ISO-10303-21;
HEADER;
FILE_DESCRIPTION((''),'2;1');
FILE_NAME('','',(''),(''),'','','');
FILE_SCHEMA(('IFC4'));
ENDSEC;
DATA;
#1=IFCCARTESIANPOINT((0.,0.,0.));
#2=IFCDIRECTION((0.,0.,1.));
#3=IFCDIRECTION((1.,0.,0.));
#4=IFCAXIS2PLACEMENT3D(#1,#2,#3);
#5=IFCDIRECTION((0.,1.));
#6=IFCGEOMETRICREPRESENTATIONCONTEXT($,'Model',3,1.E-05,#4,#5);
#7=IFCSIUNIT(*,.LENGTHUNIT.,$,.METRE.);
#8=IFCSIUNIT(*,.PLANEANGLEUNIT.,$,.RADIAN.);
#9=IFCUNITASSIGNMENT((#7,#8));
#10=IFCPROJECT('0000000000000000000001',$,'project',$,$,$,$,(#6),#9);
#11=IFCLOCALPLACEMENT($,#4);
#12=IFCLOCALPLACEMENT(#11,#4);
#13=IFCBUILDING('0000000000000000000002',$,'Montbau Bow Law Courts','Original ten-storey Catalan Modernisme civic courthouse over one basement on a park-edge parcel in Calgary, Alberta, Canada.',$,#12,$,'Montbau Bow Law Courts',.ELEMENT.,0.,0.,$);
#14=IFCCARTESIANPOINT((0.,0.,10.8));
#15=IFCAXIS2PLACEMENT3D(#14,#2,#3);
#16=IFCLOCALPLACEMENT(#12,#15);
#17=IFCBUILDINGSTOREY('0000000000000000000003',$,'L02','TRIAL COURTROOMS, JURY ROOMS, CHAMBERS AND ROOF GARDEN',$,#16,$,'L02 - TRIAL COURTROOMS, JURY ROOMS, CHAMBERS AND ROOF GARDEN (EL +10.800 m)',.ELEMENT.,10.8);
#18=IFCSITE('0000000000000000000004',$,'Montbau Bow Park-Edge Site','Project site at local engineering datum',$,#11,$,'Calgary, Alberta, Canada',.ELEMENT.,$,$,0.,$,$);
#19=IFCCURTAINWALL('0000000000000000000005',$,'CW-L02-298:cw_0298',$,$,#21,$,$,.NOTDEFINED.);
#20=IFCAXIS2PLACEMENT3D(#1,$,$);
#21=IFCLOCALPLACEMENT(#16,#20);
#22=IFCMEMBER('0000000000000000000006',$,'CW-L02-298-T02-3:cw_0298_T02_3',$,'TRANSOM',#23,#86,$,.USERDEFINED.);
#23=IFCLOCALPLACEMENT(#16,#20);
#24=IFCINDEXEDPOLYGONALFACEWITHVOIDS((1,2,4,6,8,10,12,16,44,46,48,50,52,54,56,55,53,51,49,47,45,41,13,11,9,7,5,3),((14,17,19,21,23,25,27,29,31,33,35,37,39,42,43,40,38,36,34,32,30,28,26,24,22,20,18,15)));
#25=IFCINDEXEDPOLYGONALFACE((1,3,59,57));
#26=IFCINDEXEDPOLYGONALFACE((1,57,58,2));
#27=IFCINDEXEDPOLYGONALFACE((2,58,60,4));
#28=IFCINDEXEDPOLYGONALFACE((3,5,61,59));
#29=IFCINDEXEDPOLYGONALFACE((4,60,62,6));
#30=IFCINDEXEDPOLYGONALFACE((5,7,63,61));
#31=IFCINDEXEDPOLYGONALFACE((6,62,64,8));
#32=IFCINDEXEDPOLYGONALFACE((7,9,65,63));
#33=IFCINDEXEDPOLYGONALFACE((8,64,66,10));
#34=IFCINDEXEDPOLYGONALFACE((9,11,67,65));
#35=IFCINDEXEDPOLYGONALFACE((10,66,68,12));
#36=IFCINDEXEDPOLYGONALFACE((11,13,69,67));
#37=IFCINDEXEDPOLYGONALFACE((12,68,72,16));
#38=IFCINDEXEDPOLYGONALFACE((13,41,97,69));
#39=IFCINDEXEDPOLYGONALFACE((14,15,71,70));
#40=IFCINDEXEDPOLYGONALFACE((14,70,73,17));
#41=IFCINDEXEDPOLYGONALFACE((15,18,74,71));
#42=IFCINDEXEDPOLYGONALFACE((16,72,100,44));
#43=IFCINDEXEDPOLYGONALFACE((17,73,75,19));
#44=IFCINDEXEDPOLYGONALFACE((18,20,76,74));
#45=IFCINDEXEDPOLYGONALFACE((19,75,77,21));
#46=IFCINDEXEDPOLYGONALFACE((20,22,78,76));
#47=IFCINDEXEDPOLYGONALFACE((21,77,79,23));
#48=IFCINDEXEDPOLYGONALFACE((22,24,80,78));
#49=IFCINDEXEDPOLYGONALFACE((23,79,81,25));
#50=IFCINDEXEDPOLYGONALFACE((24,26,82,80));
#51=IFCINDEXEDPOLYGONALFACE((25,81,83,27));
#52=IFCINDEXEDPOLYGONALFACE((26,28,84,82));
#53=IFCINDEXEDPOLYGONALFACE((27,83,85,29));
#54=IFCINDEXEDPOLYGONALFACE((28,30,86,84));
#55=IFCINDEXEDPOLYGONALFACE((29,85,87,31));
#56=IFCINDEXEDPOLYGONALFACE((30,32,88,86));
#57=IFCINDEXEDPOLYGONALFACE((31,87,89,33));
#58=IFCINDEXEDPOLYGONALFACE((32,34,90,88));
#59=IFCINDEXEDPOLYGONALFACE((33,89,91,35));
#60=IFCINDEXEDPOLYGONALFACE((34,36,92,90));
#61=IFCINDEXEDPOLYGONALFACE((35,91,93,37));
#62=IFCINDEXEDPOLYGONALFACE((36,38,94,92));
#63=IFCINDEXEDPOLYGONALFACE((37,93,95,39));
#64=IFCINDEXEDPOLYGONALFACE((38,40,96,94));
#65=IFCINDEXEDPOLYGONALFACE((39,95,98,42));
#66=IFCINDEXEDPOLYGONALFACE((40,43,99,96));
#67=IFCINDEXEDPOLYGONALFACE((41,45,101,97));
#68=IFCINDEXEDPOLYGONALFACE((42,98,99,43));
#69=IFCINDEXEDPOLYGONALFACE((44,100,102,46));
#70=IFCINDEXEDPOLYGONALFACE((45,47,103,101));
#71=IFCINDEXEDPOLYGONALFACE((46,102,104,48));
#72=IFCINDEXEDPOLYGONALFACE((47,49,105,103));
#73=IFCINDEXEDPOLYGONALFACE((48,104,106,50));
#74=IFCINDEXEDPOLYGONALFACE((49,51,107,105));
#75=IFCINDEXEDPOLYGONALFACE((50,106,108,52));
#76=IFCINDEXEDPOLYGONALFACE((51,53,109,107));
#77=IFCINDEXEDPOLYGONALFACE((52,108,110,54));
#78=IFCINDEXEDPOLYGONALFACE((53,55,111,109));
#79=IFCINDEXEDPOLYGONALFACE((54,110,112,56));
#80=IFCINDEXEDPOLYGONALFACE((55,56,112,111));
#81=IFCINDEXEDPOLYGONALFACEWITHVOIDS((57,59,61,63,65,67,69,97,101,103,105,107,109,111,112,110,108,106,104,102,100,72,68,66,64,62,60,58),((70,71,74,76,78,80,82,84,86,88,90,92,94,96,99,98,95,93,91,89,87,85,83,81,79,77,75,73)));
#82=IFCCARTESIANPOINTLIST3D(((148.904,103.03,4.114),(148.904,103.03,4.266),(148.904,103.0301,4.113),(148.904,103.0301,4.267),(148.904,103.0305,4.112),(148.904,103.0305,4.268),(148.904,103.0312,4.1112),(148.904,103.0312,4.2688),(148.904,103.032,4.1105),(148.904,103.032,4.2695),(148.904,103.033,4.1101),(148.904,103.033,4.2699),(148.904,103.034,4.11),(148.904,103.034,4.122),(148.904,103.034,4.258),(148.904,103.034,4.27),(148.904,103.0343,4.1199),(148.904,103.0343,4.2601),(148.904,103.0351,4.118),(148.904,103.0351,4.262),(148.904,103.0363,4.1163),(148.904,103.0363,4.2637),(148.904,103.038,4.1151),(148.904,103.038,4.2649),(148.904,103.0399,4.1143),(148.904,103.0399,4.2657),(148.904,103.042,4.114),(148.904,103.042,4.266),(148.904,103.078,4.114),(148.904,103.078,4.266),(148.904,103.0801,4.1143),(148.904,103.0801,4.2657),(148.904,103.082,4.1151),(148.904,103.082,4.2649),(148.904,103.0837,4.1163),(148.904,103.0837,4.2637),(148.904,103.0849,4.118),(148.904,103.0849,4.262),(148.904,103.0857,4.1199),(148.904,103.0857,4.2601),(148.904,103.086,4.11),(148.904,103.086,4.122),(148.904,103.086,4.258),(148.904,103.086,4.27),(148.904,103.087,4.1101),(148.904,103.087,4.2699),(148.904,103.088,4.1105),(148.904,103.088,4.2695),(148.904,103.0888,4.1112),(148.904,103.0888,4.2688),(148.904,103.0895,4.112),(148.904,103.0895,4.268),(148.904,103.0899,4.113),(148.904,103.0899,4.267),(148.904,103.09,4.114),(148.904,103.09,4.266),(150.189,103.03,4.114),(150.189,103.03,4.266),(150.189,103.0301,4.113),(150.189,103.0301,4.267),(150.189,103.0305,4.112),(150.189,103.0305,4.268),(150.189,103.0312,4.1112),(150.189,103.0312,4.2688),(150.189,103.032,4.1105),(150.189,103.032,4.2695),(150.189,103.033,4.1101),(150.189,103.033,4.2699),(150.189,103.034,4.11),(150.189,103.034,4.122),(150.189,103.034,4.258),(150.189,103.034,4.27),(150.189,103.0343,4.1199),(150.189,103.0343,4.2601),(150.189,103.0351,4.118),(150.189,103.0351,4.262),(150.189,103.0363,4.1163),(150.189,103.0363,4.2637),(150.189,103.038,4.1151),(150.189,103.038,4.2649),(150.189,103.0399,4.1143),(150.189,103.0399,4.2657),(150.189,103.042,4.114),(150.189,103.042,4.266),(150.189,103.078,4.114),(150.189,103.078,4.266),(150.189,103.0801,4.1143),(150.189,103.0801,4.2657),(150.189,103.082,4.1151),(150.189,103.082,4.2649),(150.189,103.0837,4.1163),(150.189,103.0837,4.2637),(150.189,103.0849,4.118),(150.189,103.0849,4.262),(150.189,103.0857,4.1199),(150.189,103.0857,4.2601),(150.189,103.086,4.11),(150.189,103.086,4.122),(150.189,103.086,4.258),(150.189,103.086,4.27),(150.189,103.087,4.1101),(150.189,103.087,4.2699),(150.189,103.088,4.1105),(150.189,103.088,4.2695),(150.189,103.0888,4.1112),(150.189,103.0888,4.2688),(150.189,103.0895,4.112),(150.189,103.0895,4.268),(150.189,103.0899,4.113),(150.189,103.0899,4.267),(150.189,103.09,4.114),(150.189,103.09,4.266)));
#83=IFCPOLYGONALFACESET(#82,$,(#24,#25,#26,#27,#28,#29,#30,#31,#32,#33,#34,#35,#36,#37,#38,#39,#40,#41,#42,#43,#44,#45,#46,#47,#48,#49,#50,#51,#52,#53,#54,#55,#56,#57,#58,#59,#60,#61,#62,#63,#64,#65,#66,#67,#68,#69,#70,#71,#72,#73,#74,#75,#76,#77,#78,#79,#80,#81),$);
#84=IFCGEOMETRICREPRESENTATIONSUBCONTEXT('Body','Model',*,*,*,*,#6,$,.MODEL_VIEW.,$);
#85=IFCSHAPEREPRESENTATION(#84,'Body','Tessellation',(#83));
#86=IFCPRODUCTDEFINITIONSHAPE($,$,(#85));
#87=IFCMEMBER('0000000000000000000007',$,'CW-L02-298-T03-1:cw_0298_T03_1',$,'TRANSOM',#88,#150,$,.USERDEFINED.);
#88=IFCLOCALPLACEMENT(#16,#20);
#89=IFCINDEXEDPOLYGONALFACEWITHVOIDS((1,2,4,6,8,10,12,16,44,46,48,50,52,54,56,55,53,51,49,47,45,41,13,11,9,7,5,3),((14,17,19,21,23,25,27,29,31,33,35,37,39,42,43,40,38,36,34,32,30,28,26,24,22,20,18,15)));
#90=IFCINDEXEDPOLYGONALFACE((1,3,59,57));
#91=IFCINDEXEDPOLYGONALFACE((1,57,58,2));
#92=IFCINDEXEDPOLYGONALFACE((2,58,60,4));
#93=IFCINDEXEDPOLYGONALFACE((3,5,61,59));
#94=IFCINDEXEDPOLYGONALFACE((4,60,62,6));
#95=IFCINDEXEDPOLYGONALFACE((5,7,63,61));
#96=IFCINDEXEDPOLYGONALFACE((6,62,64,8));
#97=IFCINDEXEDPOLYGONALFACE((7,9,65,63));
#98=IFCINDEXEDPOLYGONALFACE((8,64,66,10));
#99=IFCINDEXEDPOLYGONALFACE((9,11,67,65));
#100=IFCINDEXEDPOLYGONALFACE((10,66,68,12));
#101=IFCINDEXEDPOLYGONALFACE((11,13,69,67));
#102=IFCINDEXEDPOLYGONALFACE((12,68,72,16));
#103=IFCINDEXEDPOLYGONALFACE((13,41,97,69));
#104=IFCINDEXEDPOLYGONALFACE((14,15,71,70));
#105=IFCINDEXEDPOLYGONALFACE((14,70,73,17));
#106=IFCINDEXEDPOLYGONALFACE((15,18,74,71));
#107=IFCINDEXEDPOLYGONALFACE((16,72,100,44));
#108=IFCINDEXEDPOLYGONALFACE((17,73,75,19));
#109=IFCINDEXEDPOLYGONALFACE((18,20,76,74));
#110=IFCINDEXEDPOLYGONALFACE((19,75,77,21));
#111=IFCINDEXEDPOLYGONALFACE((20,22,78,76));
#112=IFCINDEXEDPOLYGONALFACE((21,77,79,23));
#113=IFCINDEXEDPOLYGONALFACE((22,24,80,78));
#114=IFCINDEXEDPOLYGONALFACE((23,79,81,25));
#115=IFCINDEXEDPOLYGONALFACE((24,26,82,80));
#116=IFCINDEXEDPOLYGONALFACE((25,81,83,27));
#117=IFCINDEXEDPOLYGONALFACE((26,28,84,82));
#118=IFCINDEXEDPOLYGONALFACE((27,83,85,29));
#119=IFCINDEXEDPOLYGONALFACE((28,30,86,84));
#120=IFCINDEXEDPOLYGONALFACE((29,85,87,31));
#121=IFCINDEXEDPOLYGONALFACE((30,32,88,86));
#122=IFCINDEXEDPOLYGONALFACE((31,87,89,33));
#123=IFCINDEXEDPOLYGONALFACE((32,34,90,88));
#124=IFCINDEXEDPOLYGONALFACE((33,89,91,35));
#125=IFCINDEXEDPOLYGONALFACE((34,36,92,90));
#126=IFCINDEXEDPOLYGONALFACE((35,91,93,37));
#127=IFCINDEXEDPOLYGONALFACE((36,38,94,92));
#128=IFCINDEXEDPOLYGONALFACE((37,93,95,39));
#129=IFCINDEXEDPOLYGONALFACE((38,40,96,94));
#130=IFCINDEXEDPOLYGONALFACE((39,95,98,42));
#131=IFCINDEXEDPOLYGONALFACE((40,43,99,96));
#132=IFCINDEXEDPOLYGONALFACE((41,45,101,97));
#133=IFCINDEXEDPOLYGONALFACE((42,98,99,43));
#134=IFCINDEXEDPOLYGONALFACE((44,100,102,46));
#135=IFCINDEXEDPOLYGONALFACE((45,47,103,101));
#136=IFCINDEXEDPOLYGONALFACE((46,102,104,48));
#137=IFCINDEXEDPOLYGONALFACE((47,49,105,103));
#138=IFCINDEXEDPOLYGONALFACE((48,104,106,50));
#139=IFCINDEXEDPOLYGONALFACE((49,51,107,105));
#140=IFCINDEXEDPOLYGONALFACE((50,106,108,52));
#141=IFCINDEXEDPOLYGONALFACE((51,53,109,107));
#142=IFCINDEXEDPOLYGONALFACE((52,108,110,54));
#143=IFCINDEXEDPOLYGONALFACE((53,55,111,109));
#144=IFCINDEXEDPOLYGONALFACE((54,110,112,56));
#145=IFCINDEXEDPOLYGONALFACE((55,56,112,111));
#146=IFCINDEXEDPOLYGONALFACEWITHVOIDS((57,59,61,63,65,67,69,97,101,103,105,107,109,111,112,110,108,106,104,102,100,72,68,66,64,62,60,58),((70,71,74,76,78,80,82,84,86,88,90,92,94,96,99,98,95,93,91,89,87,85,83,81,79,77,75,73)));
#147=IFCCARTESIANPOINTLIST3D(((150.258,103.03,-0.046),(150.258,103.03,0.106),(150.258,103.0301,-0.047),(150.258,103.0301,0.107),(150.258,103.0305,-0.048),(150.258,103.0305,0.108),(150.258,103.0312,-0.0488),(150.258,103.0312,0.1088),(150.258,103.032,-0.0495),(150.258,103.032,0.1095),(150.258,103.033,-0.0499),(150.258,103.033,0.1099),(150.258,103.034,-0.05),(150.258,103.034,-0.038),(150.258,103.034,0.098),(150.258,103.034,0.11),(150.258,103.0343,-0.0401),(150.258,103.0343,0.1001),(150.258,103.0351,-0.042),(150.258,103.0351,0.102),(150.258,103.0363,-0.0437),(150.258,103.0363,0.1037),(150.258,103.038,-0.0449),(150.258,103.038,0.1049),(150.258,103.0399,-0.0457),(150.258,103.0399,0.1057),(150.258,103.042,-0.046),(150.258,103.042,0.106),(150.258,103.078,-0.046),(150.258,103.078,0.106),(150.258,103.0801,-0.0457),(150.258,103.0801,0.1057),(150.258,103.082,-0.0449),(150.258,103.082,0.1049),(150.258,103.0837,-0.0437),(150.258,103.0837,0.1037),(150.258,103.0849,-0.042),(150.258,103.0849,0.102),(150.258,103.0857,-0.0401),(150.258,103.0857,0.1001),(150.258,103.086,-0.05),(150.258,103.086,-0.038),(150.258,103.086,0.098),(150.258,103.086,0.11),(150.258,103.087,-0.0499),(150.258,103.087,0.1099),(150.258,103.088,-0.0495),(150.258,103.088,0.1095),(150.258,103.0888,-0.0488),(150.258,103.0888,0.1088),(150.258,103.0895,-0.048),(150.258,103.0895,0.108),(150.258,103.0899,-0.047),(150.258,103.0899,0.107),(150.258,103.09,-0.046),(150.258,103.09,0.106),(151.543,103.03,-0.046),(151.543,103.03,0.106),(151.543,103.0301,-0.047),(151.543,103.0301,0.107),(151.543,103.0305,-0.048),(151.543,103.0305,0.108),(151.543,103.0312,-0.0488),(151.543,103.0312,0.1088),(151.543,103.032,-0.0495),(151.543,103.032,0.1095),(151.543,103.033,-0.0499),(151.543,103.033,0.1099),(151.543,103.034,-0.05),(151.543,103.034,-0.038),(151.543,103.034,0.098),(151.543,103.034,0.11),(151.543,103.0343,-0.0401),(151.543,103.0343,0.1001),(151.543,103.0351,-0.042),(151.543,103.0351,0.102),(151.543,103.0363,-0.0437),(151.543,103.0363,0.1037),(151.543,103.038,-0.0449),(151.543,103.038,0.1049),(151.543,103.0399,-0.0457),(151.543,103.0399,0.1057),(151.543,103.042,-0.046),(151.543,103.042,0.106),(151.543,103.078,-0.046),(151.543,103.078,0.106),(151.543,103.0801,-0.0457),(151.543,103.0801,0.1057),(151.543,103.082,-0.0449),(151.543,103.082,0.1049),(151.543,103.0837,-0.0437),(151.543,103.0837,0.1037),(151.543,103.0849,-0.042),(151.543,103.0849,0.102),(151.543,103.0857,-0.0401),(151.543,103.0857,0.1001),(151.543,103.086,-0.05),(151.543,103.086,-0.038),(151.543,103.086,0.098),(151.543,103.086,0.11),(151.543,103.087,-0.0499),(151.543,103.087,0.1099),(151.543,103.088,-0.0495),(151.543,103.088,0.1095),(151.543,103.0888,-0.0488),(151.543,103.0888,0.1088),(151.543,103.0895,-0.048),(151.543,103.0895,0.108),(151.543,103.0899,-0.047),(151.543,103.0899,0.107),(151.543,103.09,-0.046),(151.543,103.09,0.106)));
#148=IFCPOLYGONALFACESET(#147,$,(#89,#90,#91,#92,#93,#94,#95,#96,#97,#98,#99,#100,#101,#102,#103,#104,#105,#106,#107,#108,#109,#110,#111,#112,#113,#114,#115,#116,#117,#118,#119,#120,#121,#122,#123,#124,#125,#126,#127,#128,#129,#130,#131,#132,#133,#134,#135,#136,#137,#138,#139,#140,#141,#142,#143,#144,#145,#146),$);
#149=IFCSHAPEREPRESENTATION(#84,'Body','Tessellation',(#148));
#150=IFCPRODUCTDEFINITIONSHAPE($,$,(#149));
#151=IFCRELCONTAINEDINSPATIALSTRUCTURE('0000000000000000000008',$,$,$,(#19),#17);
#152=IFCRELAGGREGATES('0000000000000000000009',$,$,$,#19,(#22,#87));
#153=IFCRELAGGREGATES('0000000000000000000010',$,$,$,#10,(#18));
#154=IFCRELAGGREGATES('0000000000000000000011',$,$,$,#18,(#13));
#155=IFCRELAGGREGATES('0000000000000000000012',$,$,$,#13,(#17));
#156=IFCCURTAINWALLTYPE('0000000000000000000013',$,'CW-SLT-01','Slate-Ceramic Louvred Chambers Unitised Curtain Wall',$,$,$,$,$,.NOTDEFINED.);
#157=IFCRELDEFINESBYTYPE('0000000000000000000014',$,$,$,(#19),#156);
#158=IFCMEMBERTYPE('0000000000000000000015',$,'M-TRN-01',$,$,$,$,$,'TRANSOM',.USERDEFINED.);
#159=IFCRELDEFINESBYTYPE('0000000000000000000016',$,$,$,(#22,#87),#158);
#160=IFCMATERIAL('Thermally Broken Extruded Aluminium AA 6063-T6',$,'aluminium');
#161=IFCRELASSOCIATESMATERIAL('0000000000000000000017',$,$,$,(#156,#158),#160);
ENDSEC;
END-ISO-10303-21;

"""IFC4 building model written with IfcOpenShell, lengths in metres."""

from ifc_helpers import new_model, si_unit, direction, frame, origin_with_axes, origin_2d_with_axis, place, context, subcontext, project, spatial, hollow_rectangle, extrude, material, material_profile, profile_set, type_object, element, aggregate, save


model = new_model("IFC4")

# Units and contexts
model_context = context("Model", 3, precision=1e-05, world=origin_with_axes(), true_north=direction((0.0, 1.0)))
body_context = subcontext(model_context, "Body", "Model", "MODEL_VIEW")
ifc_project = project(units=[si_unit("LENGTHUNIT", "METRE"), si_unit("PLANEANGLEUNIT", "RADIAN")], contexts=[model_context])

# Site, building, storey
site_placement = place(None, origin_with_axes())
site = spatial("IfcSite", under=ifc_project, at=site_placement, Name="Montbau Bow Park-Edge Site", Description="Project site at local engineering datum", LongName="Calgary, Alberta, Canada", CompositionType="ELEMENT", RefElevation=0.0)
building_placement = place(site_placement, origin_with_axes())
building = spatial("IfcBuilding", under=site, at=building_placement, Name="Montbau Bow Law Courts", Description="Original ten-storey Catalan Modernisme civic courthouse over one basement on a park-edge parcel in Calgary, Alberta, Canada.", LongName="Montbau Bow Law Courts", CompositionType="ELEMENT", ElevationOfRefHeight=0.0, ElevationOfTerrain=0.0)
storey_placement = place(building_placement, frame((0.0, 0.0, 10.8), z_axis=(0.0, 0.0, 1.0), x_axis=(1.0, 0.0, 0.0)))
storey = spatial("IfcBuildingStorey", under=building, at=storey_placement, Name="L02", Description="TRIAL COURTROOMS, JURY ROOMS, CHAMBERS AND ROOF GARDEN", LongName="L02 - TRIAL COURTROOMS, JURY ROOMS, CHAMBERS AND ROOF GARDEN (EL +10.800 m)", CompositionType="ELEMENT", Elevation=10.8)

# Curtain wall, members
ifc_material_1 = material(Name="Thermally Broken Extruded Aluminium AA 6063-T6", Category="aluminium")
curtain_wall_type = type_object("IfcCurtainWallType", Name="CW-SLT-01", Description="Slate-Ceramic Louvred Chambers Unitised Curtain Wall", PredefinedType="NOTDEFINED", material=ifc_material_1)
curtain_wall_1_placement = place(None, frame((147.515, 103.06, 10.8), z_axis=(0.0, 0.0, 1.0), x_axis=(1.0, 0.0, 0.0)))
curtain_wall_1 = element("IfcCurtainWall", 1, at=curtain_wall_1_placement, inside=storey, type_object=curtain_wall_type, Name="CW-L02-298:cw_0298", PredefinedType="NOTDEFINED")
ifc_material_profile_1 = material_profile(ifc_material_1, hollow_rectangle(XDim=0.06, YDim=0.16, WallThickness=0.004, InnerFilletRadius=0.008, OuterFilletRadius=0.004, at=origin_2d_with_axis()), Name="CWT-160X60", Category="Main", Priority=0)
ifc_profile_set_1 = profile_set([ifc_material_profile_1], Name="Thermally Broken Extruded Aluminium AA 6063-T6")
member_type_1 = type_object("IfcMemberType", Name="M-TRN-01", ElementType="TRANSOM", PredefinedType="USERDEFINED", material=ifc_profile_set_1)
member_1_placement = place(None, frame((148.904, 103.06, 14.99), z_axis=(1.0, 0.0, 0.0), x_axis=(0.0, 1.0, 0.0)))
member_1 = element("IfcMember", 2, at=member_1_placement, type_object=member_type_1, Name="CW-L02-298-T02-3:cw_0298_T02_3", ObjectType="TRANSOM", PredefinedType="USERDEFINED", context=body_context, shape_type="SweptSolid", body=[
    extrude(hollow_rectangle(XDim=0.06, YDim=0.16, WallThickness=0.004, InnerFilletRadius=0.008, OuterFilletRadius=0.004, at=origin_2d_with_axis()), origin_with_axes(), (0.0, 0.0, 1.0), 1.285),
])
member_2_placement = place(None, frame((150.258, 103.06, 10.83), z_axis=(1.0, 0.0, 0.0), x_axis=(0.0, 1.0, 0.0)))
member_2 = element("IfcMember", 3, at=member_2_placement, type_object=member_type_1, Name="CW-L02-298-T03-1:cw_0298_T03_1", ObjectType="TRANSOM", PredefinedType="USERDEFINED", context=body_context, shape_type="SweptSolid", body=[
    extrude(hollow_rectangle(XDim=0.06, YDim=0.16, WallThickness=0.004, InnerFilletRadius=0.008, OuterFilletRadius=0.004, at=origin_2d_with_axis()), origin_with_axes(), (0.0, 0.0, 1.0), 1.285),
])

aggregate(curtain_wall_1, [member_1, member_2])

save(model, "model.ifc")
